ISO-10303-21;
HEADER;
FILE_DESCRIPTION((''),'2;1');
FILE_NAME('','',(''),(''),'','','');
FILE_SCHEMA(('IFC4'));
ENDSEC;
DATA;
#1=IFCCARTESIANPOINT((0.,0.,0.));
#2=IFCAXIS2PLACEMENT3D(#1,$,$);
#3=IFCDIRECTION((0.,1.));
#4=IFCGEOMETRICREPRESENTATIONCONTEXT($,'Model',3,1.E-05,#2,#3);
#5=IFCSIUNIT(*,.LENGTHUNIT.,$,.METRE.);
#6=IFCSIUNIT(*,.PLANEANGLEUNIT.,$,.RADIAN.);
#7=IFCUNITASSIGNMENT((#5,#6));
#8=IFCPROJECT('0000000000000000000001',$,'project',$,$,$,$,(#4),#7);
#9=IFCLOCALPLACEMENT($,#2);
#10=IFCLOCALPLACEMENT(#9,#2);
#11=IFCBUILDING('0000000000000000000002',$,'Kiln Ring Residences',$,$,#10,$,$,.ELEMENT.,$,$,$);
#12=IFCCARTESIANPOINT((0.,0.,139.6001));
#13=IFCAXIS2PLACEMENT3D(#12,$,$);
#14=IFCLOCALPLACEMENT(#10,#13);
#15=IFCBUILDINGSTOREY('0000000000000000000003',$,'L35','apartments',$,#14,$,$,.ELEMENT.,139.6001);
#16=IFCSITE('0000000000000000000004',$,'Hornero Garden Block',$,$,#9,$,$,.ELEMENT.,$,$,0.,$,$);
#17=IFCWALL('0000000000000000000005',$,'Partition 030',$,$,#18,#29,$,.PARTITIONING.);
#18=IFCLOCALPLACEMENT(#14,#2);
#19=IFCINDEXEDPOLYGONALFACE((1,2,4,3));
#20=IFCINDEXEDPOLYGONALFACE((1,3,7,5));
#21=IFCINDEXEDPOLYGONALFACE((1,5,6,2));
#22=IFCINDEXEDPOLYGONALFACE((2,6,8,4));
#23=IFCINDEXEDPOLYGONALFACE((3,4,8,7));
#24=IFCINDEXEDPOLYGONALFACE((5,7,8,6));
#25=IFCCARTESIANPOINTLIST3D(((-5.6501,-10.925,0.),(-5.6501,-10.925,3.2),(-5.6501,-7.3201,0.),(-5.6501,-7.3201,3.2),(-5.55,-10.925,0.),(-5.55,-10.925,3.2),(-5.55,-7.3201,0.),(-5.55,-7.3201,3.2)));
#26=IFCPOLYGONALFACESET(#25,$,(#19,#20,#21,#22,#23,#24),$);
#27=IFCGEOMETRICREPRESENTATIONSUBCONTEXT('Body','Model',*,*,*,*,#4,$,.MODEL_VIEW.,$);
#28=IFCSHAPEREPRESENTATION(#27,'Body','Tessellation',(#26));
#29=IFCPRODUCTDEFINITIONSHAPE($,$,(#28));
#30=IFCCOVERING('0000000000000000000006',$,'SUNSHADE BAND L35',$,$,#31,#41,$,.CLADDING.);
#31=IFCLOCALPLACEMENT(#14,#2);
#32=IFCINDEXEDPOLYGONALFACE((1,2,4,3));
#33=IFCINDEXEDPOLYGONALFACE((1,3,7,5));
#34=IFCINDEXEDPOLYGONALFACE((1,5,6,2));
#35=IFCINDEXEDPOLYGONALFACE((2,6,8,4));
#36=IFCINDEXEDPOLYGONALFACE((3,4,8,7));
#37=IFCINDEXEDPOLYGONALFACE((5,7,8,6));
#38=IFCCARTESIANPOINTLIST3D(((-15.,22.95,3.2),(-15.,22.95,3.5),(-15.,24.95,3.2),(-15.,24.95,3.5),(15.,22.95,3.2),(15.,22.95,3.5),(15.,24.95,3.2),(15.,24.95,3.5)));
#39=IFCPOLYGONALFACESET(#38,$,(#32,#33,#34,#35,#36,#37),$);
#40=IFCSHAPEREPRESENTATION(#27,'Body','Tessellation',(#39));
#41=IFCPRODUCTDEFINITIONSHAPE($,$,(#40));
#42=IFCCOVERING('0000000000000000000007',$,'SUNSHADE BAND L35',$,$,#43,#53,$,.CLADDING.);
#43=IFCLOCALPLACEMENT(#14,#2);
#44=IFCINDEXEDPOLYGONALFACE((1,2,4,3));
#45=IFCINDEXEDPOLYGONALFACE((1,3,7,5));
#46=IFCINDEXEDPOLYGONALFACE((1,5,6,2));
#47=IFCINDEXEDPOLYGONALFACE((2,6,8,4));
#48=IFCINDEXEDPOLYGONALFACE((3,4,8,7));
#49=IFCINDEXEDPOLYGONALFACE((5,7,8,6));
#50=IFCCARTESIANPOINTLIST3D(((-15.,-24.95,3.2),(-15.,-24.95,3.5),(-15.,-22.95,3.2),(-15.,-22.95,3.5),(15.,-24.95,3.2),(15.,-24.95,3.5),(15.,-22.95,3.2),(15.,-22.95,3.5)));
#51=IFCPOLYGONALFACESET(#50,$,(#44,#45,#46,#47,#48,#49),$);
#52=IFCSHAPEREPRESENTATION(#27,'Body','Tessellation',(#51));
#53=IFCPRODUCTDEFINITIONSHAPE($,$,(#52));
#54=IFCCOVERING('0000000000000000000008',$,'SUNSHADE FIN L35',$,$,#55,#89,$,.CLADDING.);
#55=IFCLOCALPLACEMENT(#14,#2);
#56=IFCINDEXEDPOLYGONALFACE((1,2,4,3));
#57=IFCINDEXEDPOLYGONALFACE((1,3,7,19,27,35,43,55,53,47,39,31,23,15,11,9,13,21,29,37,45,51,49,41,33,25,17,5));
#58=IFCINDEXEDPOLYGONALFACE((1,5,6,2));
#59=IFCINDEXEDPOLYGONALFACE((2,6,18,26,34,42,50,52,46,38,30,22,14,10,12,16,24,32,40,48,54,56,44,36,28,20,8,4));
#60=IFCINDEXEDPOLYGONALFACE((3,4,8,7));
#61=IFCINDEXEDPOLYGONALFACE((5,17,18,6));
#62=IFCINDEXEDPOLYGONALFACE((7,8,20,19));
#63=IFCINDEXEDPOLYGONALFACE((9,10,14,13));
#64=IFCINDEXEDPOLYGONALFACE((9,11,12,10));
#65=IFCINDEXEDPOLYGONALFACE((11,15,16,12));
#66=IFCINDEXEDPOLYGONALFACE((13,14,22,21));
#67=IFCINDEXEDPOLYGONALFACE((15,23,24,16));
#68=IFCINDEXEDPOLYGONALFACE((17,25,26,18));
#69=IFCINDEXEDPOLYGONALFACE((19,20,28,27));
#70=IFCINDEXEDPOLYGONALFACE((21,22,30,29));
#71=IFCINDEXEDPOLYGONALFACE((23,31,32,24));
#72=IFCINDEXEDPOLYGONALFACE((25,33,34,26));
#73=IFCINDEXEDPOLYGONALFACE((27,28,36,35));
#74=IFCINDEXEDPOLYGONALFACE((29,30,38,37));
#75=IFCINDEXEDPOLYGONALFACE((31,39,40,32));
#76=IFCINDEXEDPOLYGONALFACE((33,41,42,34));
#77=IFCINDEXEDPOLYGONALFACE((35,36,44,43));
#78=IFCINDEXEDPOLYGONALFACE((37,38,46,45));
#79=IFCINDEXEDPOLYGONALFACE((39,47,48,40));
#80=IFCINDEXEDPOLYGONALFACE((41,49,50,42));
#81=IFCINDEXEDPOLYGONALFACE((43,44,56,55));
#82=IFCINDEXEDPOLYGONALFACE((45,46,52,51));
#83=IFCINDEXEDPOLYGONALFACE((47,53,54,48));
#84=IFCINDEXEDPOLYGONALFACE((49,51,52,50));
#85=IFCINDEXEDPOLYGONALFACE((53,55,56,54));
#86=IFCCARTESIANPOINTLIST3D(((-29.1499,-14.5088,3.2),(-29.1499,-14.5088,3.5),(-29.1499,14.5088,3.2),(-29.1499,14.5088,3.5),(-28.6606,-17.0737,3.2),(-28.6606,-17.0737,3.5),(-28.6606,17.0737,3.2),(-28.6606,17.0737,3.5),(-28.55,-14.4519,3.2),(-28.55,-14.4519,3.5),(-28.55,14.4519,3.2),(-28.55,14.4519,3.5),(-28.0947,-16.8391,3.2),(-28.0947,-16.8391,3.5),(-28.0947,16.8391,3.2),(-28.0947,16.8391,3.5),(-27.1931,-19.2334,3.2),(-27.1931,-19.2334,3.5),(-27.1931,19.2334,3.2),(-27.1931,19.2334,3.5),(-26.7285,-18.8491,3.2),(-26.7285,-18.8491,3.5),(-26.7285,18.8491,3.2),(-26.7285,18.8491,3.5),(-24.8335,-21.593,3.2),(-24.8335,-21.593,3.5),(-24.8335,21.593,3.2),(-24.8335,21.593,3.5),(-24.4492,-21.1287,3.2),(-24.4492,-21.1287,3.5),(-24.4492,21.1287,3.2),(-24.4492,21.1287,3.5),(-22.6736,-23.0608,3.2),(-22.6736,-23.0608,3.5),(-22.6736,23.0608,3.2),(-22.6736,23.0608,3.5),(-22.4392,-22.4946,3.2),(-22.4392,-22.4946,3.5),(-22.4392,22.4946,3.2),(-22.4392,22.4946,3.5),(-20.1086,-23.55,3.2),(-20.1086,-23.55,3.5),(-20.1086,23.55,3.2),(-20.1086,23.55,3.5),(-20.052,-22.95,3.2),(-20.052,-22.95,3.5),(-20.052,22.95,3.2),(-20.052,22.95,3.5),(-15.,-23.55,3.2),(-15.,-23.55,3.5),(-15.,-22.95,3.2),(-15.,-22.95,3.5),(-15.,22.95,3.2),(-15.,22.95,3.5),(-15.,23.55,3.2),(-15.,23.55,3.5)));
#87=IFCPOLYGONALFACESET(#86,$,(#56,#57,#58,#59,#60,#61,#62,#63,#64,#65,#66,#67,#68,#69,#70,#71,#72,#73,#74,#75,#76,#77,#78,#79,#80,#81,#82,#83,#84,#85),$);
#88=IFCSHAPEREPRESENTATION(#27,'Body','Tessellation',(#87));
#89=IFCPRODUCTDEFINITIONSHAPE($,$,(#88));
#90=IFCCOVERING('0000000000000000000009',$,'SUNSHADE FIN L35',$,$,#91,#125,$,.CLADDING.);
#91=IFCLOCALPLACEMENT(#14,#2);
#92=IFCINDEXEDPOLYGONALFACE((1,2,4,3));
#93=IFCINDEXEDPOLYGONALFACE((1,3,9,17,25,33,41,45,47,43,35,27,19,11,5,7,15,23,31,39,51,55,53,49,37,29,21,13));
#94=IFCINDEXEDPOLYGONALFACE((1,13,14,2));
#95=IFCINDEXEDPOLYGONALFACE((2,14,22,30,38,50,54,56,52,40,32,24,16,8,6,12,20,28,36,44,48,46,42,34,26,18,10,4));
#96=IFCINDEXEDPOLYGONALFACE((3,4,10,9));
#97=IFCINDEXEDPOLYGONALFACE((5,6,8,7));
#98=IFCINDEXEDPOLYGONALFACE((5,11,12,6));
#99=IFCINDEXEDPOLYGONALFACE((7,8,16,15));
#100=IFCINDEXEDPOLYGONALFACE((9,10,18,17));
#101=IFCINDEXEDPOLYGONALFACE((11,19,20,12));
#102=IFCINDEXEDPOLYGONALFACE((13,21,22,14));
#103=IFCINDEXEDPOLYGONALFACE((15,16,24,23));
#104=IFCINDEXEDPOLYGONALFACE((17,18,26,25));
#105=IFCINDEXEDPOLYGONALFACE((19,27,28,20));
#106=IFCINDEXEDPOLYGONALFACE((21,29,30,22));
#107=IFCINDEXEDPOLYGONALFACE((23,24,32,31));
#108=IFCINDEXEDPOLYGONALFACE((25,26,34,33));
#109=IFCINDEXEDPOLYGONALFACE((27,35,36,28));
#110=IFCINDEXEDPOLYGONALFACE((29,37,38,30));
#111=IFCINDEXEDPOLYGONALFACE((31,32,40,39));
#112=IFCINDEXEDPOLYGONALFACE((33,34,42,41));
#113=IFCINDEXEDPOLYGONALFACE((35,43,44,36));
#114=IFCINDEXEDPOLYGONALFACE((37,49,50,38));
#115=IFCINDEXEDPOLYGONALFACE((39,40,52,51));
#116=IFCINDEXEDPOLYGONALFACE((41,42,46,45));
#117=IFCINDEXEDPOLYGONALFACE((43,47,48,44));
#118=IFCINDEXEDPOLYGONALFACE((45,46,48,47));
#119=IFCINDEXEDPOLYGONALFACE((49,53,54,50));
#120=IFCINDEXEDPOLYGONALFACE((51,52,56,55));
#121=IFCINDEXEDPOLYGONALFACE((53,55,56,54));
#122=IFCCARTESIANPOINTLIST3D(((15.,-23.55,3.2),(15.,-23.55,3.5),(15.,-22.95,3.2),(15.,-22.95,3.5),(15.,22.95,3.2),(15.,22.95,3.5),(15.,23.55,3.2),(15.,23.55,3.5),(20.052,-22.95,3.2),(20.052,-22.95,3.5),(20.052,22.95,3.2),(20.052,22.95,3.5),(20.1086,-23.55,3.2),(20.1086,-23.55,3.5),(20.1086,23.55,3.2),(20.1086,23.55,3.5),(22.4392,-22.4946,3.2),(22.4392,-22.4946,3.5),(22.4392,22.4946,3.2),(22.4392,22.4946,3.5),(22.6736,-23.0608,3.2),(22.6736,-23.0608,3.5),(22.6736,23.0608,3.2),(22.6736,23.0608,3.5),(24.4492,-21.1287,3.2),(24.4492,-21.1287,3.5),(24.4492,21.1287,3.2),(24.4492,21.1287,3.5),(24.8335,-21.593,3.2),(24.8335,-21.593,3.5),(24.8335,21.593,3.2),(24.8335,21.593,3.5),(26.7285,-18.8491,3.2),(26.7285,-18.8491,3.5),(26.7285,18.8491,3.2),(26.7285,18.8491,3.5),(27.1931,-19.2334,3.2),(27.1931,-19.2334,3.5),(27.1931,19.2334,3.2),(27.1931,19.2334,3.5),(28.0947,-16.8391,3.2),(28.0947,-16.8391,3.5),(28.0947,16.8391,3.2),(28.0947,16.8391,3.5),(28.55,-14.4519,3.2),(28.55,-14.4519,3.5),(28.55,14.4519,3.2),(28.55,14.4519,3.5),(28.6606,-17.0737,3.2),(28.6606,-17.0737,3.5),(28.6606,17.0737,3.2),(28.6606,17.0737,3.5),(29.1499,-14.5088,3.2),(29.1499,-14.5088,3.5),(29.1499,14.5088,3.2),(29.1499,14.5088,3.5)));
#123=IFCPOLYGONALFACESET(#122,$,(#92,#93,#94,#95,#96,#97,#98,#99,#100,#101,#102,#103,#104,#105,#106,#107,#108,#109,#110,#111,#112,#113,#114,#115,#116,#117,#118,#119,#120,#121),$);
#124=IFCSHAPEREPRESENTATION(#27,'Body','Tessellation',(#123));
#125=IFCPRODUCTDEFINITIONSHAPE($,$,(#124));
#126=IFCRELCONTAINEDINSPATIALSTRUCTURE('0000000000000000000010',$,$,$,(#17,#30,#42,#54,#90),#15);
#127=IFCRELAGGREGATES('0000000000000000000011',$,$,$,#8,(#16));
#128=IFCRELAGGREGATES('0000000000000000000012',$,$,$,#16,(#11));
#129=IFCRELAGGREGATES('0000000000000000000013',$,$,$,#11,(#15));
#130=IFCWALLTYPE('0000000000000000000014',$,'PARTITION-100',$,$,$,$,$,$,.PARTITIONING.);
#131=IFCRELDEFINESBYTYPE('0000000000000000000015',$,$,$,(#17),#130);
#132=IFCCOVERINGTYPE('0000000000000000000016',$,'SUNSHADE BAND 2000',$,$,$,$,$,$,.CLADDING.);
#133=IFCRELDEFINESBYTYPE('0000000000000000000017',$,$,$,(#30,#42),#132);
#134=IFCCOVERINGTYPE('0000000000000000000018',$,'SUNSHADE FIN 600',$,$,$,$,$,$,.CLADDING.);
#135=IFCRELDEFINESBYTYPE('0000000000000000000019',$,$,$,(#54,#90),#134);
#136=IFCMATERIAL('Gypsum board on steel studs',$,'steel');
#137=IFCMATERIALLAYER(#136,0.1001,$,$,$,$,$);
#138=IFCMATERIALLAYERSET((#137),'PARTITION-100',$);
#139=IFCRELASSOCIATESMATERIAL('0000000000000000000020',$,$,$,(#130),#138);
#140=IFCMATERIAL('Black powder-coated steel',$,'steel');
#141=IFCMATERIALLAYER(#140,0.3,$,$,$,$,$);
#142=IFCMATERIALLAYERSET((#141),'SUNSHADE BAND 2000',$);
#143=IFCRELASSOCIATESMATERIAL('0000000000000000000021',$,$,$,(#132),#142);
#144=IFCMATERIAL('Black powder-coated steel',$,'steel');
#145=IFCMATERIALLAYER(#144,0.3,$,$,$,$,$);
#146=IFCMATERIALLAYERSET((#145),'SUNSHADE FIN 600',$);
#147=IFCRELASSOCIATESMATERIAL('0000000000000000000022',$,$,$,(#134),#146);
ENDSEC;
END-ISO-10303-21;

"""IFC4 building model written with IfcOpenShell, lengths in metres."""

from ifc_helpers import new_model, si_unit, direction, frame, frame_2d, origin, place, context, subcontext, project, spatial, polyline, rectangle, outline, extrude, material, layer, layer_set, type_object, element, save


model = new_model("IFC4")

# Units and contexts
model_context = context("Model", 3, precision=1e-05, world=origin(), true_north=direction((0.0, 1.0)))
body_context = subcontext(model_context, "Body", "Model", "MODEL_VIEW")
ifc_project = project(units=[si_unit("LENGTHUNIT", "METRE"), si_unit("PLANEANGLEUNIT", "RADIAN")], contexts=[model_context])

# Site, building, storey
site_placement = place(None, origin())
site = spatial("IfcSite", under=ifc_project, at=site_placement, Name="Hornero Garden Block", CompositionType="ELEMENT", RefElevation=0.0)
building_placement = place(site_placement, origin())
building = spatial("IfcBuilding", under=site, at=building_placement, Name="Kiln Ring Residences", CompositionType="ELEMENT")
storey_placement = place(building_placement, frame((0.0, 0.0, 139.6001)))
storey = spatial("IfcBuildingStorey", under=building, at=storey_placement, Name="L35", Description="apartments", CompositionType="ELEMENT", Elevation=139.6001)

# Wall
ifc_material_1 = material(Name="Gypsum board on steel studs", Category="steel")
ifc_layer_1 = layer(ifc_material_1, 0.1001)
ifc_layer_set_1 = layer_set([ifc_layer_1], Name="PARTITION-100")
wall_type = type_object("IfcWallType", Name="PARTITION-100", PredefinedType="PARTITIONING", material=ifc_layer_set_1)
wall_placement = place(storey_placement, frame((-5.6001, -10.925, 0.0), z_axis=(0.0, 0.0, 1.0), x_axis=(0.0, 1.0, 0.0)))
element("IfcWall", 1, at=wall_placement, inside=storey, type_object=wall_type, Name="Partition 030", PredefinedType="PARTITIONING", context=body_context, shape_type="SweptSolid", body=[
    extrude(rectangle(XDim=3.605, YDim=0.1001, at=frame_2d((1.8025, 0.0))), origin(), (0.0, 0.0, 1.0), 3.2),
])

# Coverings
ifc_material_2 = material(Name="Black powder-coated steel", Category="steel")
ifc_layer_2 = layer(ifc_material_2, 0.3)
ifc_layer_set_2 = layer_set([ifc_layer_2], Name="SUNSHADE BAND 2000")
covering_type_1 = type_object("IfcCoveringType", Name="SUNSHADE BAND 2000", PredefinedType="CLADDING", material=ifc_layer_set_2)
placement = place(storey_placement, frame((0.0, 0.0, 3.2)))
element("IfcCovering", 2, at=placement, inside=storey, type_object=covering_type_1, Name="SUNSHADE BAND L35", PredefinedType="CLADDING", context=body_context, shape_type="SweptSolid", body=[
    extrude(outline(polyline([(15.0, 24.95), (-15.0, 24.95), (-15.0, 22.95), (15.0, 22.95), (15.0, 24.95)])), origin(), (0.0, 0.0, 1.0), 0.3),
])
element("IfcCovering", 3, at=placement, inside=storey, type_object=covering_type_1, Name="SUNSHADE BAND L35", PredefinedType="CLADDING", context=body_context, shape_type="SweptSolid", body=[
    extrude(outline(polyline([(-15.0, -24.95), (15.0, -24.95), (15.0, -22.95), (-15.0, -22.95), (-15.0, -24.95)])), origin(), (0.0, 0.0, 1.0), 0.3),
])
ifc_material_3 = material(Name="Black powder-coated steel", Category="steel")
ifc_layer_3 = layer(ifc_material_3, 0.3)
ifc_layer_set_3 = layer_set([ifc_layer_3], Name="SUNSHADE FIN 600")
covering_type_2 = type_object("IfcCoveringType", Name="SUNSHADE FIN 600", PredefinedType="CLADDING", material=ifc_layer_set_3)
element("IfcCovering", 4, at=placement, inside=storey, type_object=covering_type_2, Name="SUNSHADE FIN L35", PredefinedType="CLADDING", context=body_context, shape_type="SweptSolid", body=[
    extrude(outline(polyline([(-29.1499, -14.5088), (-28.6606, -17.0737), (-27.1931, -19.2334), (-24.8335, -21.593), (-22.6736, -23.0608), (-20.1086, -23.55), (-15.0, -23.55), (-15.0, -22.95), (-20.052, -22.95), (-22.4392, -22.4946), (-24.4492, -21.1287), (-26.7285, -18.8491), (-28.0947, -16.8391), (-28.55, -14.4519), (-28.55, 14.4519), (-28.0947, 16.8391), (-26.7285, 18.8491), (-24.4492, 21.1287), (-22.4392, 22.4946), (-20.052, 22.95), (-15.0, 22.95), (-15.0, 23.55), (-20.1086, 23.55), (-22.6736, 23.0608), (-24.8335, 21.593), (-27.1931, 19.2334), (-28.6606, 17.0737), (-29.1499, 14.5088), (-29.1499, -14.5088)])), origin(), (0.0, 0.0, 1.0), 0.3),
])
element("IfcCovering", 5, at=placement, inside=storey, type_object=covering_type_2, Name="SUNSHADE FIN L35", PredefinedType="CLADDING", context=body_context, shape_type="SweptSolid", body=[
    extrude(outline(polyline([(20.1086, 23.55), (15.0, 23.55), (15.0, 22.95), (20.052, 22.95), (22.4392, 22.4946), (24.4492, 21.1287), (26.7285, 18.8491), (28.0947, 16.8391), (28.55, 14.4519), (28.55, -14.4519), (28.0947, -16.8391), (26.7285, -18.8491), (24.4492, -21.1287), (22.4392, -22.4946), (20.052, -22.95), (15.0, -22.95), (15.0, -23.55), (20.1086, -23.55), (22.6736, -23.0608), (24.8335, -21.593), (27.1931, -19.2334), (28.6606, -17.0737), (29.1499, -14.5088), (29.1499, 14.5088), (28.6606, 17.0737), (27.1931, 19.2334), (24.8335, 21.593), (22.6736, 23.0608), (20.1086, 23.55)])), origin(), (0.0, 0.0, 1.0), 0.3),
])

save(model, "model.ifc")
